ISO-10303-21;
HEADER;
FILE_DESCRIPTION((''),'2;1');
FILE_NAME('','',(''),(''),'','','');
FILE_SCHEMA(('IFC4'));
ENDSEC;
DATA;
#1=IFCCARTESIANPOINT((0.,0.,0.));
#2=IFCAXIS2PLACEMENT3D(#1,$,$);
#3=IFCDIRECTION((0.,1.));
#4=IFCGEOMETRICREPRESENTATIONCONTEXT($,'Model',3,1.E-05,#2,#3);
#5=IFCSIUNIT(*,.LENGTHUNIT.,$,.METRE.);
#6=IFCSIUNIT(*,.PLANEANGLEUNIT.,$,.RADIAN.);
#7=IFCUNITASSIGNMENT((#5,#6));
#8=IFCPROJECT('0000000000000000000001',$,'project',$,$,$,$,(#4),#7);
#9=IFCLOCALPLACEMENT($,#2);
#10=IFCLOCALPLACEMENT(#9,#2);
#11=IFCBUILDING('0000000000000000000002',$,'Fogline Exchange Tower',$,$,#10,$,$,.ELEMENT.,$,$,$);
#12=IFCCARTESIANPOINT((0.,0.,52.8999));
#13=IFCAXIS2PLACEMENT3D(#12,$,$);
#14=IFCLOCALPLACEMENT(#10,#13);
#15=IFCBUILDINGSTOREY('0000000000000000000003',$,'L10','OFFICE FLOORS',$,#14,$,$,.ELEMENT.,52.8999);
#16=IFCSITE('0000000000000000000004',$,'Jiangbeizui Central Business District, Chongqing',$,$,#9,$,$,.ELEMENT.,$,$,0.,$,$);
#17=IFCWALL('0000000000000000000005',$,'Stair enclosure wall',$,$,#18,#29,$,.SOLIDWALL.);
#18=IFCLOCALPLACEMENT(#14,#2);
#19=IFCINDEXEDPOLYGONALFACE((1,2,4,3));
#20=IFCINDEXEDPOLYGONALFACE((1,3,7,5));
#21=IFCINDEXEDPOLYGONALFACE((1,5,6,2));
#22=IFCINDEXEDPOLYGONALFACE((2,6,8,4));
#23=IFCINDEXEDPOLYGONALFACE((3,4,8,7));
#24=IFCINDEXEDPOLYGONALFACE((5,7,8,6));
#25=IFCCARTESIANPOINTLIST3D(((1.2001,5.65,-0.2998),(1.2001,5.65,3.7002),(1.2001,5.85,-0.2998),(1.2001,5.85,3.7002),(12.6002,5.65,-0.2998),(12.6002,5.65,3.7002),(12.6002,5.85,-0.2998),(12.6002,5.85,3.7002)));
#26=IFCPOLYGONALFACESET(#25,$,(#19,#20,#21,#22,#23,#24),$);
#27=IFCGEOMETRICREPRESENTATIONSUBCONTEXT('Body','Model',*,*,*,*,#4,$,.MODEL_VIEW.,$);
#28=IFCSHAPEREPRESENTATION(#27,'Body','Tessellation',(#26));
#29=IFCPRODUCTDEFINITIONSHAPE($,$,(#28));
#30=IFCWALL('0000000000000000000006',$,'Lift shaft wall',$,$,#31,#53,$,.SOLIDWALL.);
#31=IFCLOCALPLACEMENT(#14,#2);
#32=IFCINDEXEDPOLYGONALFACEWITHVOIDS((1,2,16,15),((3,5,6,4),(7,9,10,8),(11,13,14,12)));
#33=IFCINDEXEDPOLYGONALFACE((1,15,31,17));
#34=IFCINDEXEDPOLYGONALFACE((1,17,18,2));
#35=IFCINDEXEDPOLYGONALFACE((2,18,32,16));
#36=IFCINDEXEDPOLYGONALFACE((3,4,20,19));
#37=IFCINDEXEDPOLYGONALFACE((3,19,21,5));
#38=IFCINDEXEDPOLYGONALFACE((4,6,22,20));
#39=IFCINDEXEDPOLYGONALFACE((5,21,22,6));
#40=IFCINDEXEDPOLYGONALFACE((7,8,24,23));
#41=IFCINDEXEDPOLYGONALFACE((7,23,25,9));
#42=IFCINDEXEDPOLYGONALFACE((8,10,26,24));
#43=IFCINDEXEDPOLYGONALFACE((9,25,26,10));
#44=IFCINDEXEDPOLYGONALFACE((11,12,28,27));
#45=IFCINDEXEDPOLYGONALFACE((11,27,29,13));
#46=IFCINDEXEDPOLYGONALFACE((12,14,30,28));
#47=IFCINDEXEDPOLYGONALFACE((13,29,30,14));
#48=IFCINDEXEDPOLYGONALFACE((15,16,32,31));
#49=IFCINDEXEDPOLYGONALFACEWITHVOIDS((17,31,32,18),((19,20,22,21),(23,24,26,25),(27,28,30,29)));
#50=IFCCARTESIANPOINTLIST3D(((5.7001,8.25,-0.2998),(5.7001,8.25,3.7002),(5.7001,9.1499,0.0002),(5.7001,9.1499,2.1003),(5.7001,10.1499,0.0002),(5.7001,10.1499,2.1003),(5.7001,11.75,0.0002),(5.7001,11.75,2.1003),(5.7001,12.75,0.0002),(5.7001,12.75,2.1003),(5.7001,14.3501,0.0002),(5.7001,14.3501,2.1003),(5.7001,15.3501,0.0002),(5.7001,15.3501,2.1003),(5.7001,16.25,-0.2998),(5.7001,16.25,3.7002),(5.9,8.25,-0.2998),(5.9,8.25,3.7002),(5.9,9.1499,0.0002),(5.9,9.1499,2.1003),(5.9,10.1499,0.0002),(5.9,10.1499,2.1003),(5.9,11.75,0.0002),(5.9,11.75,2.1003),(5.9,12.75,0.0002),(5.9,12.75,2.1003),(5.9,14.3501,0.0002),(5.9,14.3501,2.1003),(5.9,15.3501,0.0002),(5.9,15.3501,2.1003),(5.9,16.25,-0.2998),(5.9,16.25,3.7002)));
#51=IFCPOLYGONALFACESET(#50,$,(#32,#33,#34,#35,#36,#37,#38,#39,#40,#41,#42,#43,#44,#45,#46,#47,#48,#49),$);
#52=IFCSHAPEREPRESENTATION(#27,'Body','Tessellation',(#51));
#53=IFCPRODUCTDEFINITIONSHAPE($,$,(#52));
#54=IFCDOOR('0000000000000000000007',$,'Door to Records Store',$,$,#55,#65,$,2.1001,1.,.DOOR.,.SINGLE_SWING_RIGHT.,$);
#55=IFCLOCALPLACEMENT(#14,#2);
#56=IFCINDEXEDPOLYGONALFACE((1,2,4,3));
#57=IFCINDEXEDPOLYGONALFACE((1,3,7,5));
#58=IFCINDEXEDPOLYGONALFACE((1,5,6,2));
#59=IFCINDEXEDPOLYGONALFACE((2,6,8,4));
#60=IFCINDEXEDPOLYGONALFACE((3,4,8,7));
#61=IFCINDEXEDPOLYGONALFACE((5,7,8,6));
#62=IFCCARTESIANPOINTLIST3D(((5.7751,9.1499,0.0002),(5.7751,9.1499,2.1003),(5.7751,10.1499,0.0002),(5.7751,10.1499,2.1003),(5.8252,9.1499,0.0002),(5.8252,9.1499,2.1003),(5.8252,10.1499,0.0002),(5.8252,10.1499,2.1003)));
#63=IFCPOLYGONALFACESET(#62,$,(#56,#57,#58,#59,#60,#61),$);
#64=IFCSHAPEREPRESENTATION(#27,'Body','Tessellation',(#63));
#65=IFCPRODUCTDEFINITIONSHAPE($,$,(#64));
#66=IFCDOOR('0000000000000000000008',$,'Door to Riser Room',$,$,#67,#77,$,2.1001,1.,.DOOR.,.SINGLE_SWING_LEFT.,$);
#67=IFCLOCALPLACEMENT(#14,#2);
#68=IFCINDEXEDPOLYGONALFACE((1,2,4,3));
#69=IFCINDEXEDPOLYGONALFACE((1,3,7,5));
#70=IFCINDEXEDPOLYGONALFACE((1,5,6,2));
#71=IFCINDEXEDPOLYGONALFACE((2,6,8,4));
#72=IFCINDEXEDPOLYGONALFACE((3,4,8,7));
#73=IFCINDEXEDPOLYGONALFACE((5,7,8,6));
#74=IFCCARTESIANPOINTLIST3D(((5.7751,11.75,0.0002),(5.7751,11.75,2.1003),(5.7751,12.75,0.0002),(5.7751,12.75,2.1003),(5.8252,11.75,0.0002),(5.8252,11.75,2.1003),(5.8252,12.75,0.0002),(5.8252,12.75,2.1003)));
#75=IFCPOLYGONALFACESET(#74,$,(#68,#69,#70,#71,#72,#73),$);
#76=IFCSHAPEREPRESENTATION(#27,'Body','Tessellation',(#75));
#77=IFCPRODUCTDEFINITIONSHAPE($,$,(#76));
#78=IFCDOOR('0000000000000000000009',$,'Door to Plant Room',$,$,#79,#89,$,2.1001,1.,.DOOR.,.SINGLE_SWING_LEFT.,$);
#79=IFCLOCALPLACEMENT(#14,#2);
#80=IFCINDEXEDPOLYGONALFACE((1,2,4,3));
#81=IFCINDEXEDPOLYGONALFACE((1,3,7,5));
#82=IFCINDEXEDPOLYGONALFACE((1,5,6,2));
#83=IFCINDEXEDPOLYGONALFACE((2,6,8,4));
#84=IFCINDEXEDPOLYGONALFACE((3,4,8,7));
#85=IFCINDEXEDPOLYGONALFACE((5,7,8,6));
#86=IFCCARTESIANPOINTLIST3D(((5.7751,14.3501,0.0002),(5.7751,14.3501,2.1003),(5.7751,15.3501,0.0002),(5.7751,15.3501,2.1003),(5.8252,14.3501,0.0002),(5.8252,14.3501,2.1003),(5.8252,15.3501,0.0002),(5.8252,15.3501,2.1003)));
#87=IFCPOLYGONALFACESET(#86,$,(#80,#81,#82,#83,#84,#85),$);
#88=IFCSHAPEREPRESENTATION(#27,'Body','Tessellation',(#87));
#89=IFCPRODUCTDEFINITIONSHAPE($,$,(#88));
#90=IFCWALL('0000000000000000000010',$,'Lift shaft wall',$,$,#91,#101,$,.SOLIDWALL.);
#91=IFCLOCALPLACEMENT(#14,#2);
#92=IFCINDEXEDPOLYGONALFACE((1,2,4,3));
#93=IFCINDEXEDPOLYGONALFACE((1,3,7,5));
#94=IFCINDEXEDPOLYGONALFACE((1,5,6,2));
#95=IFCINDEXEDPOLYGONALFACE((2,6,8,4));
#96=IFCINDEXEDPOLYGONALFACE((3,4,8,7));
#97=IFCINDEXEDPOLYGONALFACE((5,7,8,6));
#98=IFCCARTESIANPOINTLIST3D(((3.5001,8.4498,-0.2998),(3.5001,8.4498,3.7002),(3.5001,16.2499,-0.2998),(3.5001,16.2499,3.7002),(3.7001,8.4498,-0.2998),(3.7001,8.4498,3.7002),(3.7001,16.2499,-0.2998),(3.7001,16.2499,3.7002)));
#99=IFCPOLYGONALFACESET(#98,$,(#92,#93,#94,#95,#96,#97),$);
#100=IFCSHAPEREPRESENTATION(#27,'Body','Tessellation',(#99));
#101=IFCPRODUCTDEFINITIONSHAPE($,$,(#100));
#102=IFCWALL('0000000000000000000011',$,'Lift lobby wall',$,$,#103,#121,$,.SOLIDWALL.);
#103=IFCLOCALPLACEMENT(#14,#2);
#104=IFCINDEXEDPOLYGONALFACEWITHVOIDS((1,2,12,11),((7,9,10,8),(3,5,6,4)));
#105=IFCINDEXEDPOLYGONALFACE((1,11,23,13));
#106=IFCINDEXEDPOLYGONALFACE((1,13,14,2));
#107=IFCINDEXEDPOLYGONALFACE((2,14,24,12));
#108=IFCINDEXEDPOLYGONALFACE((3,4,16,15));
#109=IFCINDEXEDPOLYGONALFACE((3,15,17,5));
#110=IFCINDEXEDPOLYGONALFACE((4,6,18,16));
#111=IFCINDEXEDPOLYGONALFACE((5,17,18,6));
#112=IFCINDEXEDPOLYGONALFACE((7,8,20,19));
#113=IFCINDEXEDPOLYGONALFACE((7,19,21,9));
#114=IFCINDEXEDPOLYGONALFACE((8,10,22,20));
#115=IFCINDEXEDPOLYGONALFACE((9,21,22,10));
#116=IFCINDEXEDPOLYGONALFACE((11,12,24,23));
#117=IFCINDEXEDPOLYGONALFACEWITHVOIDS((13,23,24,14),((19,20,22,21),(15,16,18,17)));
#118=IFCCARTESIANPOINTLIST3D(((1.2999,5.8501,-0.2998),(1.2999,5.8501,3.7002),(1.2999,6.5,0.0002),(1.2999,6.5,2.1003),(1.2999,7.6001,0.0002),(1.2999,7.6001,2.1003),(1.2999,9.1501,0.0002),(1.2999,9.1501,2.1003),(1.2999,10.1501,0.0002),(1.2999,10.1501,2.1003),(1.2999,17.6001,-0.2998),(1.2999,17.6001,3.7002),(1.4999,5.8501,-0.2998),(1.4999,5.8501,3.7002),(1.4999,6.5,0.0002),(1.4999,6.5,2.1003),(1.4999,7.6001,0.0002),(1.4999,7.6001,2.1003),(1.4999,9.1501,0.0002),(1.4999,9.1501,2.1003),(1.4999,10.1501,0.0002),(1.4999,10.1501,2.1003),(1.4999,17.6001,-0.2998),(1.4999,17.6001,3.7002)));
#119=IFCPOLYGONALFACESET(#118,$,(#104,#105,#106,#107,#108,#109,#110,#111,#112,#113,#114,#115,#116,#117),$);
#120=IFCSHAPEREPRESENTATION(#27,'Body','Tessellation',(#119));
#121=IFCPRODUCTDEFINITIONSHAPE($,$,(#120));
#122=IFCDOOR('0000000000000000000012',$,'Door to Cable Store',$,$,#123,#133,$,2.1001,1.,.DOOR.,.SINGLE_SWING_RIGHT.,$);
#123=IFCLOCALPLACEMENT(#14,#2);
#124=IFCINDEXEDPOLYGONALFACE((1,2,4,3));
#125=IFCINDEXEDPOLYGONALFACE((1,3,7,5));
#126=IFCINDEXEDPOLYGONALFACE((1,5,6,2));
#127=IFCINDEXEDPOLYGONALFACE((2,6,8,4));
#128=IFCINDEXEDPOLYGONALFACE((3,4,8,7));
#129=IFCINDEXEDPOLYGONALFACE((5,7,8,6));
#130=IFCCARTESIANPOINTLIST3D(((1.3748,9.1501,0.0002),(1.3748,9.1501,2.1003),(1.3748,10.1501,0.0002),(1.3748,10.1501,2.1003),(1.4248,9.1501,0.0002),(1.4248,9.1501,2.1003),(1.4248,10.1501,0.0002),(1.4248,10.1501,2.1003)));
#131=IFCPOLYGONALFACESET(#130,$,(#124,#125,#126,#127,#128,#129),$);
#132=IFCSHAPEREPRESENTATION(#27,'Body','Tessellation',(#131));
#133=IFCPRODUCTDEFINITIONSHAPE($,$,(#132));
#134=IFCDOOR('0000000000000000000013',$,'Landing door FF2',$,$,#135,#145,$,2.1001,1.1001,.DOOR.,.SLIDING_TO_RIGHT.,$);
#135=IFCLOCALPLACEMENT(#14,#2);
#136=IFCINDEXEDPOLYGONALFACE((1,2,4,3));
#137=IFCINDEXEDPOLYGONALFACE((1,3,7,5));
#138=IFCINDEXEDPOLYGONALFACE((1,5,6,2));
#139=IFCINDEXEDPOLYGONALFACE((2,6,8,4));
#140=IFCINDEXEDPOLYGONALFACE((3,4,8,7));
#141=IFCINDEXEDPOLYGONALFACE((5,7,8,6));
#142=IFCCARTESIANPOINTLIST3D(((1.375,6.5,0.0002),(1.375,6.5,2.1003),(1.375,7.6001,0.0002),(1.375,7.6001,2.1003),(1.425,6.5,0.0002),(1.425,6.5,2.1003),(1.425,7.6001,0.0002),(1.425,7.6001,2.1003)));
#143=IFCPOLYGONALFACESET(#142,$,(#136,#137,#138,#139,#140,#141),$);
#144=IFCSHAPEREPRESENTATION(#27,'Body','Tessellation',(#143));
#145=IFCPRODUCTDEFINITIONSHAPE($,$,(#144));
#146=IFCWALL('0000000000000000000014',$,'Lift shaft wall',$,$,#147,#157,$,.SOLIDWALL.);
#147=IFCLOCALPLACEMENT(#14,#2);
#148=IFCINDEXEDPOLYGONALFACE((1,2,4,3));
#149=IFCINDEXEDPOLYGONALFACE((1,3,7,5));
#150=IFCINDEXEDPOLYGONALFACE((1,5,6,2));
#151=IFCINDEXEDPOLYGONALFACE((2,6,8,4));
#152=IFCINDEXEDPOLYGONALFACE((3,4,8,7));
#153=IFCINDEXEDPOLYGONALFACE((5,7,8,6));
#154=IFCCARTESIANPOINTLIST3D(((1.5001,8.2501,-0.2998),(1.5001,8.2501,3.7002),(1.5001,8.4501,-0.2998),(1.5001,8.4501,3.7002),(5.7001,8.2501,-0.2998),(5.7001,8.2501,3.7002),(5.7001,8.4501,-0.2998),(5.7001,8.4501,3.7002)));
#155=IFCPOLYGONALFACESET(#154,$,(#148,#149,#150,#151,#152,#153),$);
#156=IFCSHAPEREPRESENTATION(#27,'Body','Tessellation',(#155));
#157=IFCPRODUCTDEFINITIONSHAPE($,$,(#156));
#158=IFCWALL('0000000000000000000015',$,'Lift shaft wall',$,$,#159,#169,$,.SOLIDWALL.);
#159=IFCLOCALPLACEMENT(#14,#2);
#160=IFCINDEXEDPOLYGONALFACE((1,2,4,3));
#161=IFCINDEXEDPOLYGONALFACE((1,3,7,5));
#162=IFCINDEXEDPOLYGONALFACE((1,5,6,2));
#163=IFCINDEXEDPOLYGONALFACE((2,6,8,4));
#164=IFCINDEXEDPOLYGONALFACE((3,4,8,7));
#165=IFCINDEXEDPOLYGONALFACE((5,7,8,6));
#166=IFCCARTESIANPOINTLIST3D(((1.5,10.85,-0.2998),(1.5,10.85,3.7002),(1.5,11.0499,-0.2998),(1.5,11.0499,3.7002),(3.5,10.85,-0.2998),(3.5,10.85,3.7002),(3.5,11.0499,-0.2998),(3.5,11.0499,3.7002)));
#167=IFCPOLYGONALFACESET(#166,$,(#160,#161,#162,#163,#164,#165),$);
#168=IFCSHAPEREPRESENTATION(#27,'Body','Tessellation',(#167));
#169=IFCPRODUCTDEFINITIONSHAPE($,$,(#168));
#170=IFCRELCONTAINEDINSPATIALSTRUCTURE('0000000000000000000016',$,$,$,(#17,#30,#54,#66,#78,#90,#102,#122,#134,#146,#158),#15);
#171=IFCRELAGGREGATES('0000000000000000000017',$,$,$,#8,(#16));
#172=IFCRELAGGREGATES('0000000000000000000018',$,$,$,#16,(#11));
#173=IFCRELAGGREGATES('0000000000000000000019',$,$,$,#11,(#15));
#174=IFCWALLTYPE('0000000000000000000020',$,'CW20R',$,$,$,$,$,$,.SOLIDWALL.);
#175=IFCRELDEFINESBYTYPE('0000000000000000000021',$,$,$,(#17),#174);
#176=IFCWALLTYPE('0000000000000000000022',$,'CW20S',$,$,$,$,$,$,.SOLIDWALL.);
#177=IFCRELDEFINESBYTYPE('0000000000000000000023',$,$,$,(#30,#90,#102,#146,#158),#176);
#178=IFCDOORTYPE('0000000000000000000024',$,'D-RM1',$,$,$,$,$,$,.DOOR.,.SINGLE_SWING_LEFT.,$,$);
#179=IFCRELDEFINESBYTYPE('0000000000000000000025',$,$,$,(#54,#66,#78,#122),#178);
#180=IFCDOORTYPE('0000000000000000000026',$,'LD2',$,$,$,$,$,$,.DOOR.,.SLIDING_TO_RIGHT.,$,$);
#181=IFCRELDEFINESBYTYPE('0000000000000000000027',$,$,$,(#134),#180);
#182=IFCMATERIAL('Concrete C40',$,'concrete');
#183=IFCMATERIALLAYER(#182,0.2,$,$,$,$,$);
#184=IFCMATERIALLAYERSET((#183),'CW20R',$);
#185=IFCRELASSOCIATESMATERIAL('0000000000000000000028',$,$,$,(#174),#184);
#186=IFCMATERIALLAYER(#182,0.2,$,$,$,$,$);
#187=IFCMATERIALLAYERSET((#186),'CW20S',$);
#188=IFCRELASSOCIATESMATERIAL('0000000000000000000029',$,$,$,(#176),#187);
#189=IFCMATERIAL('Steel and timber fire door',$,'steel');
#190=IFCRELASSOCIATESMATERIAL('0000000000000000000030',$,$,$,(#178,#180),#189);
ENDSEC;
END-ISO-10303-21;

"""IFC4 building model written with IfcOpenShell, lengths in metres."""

from ifc_helpers import new_model, si_unit, direction, frame, frame_2d, origin, place, context, subcontext, project, spatial, rectangle, extrude, material, layer, layer_set, type_object, element, fill, save


model = new_model("IFC4")

# Units and contexts
model_context = context("Model", 3, precision=1e-05, world=origin(), true_north=direction((0.0, 1.0)))
body_context = subcontext(model_context, "Body", "Model", "MODEL_VIEW")
ifc_project = project(units=[si_unit("LENGTHUNIT", "METRE"), si_unit("PLANEANGLEUNIT", "RADIAN")], contexts=[model_context])

# Site, building, storey
site_placement = place(None, origin())
site = spatial("IfcSite", under=ifc_project, at=site_placement, Name="Jiangbeizui Central Business District, Chongqing", CompositionType="ELEMENT", RefElevation=0.0)
building_placement = place(site_placement, origin())
building = spatial("IfcBuilding", under=site, at=building_placement, Name="Fogline Exchange Tower", CompositionType="ELEMENT")
storey_placement = place(building_placement, frame((0.0, 0.0, 52.8999)))
storey = spatial("IfcBuildingStorey", under=building, at=storey_placement, Name="L10", Description="OFFICE FLOORS", CompositionType="ELEMENT", Elevation=52.8999)

# Shared definitions
ifc_material_1 = material(Name="Concrete C40", Category="concrete")

# Shared definitions
ifc_material_2 = material(Name="Steel and timber fire door", Category="steel")

# Wall
ifc_layer_1 = layer(ifc_material_1, 0.2)
ifc_layer_set_1 = layer_set([ifc_layer_1], Name="CW20R")
wall_type_1 = type_object("IfcWallType", Name="CW20R", PredefinedType="SOLIDWALL", material=ifc_layer_set_1)
wall_1_placement = place(storey_placement, frame((1.2, 5.75, -0.2998), z_axis=(0.0, 0.0, 1.0), x_axis=(1.0, 0.0, 0.0)))
element("IfcWall", 1, at=wall_1_placement, inside=storey, type_object=wall_type_1, Name="Stair enclosure wall", PredefinedType="SOLIDWALL", context=body_context, shape_type="SweptSolid", body=[
    extrude(rectangle(XDim=11.4001, YDim=0.2, at=frame_2d((5.7002, 0.0))), origin(), (0.0, 0.0, 1.0), 4.0),
])

# Wall, openings, doors
ifc_layer_2 = layer(ifc_material_1, 0.2)
ifc_layer_set_2 = layer_set([ifc_layer_2], Name="CW20S")
wall_type_2 = type_object("IfcWallType", Name="CW20S", PredefinedType="SOLIDWALL", material=ifc_layer_set_2)
wall_2_placement = place(storey_placement, frame((5.8, 8.25, -0.2998), z_axis=(0.0, 0.0, 1.0), x_axis=(0.0, 1.0, 0.0)))
wall_2 = element("IfcWall", 2, at=wall_2_placement, inside=storey, type_object=wall_type_2, Name="Lift shaft wall", PredefinedType="SOLIDWALL", context=body_context, shape_type="SweptSolid", body=[
    extrude(rectangle(XDim=8.0, YDim=0.2, at=frame_2d((4.0, 0.0))), origin(), (0.0, 0.0, 1.0), 4.0),
])
opening_1_placement = place(wall_2_placement, frame((0.8999, 0.0, 0.3)))
opening_1 = element("IfcOpeningElement", 3, at=opening_1_placement, cuts=wall_2, PredefinedType="OPENING", context=body_context, shape_type="SweptSolid", body=[
    extrude(rectangle(XDim=1.0, YDim=2.1001, at=frame_2d((0.5, 1.05))), frame((0.0, 0.1099, 0.0), z_axis=(0.0, -1.0, 0.0), x_axis=(1.0, 0.0, 0.0)), (0.0, 0.0, 1.0), 0.22),
])
opening_2_placement = place(wall_2_placement, frame((3.5, 0.0, 0.3)))
opening_2 = element("IfcOpeningElement", 4, at=opening_2_placement, cuts=wall_2, PredefinedType="OPENING", context=body_context, shape_type="SweptSolid", body=[
    extrude(rectangle(XDim=1.0, YDim=2.1001, at=frame_2d((0.5, 1.05))), frame((0.0, 0.1099, 0.0), z_axis=(0.0, -1.0, 0.0), x_axis=(1.0, 0.0, 0.0)), (0.0, 0.0, 1.0), 0.22),
])
opening_3_placement = place(wall_2_placement, frame((6.1001, 0.0, 0.3)))
opening_3 = element("IfcOpeningElement", 5, at=opening_3_placement, cuts=wall_2, PredefinedType="OPENING", context=body_context, shape_type="SweptSolid", body=[
    extrude(rectangle(XDim=1.0, YDim=2.1001, at=frame_2d((0.5, 1.05))), frame((0.0, 0.1099, 0.0), z_axis=(0.0, -1.0, 0.0), x_axis=(1.0, 0.0, 0.0)), (0.0, 0.0, 1.0), 0.22),
])
door_type_1 = type_object("IfcDoorType", Name="D-RM1", OperationType="SINGLE_SWING_LEFT", PredefinedType="DOOR", material=ifc_material_2)
door_1_placement = place(opening_1_placement, origin())
door_1 = element("IfcDoor", 6, at=door_1_placement, inside=storey, type_object=door_type_1, Name="Door to Records Store", OperationType="SINGLE_SWING_RIGHT", OverallHeight=2.1001, OverallWidth=1.0, PredefinedType="DOOR", context=body_context, shape_type="SweptSolid", body=[
    extrude(rectangle(XDim=1.0, YDim=2.1001, at=frame_2d((0.5, 1.05))), frame((0.0, 0.0249, 0.0), z_axis=(0.0, -1.0, 0.0), x_axis=(1.0, 0.0, 0.0)), (0.0, 0.0, 1.0), 0.05),
])
fill(opening_1, door_1)
door_2_placement = place(opening_2_placement, origin())
door_2 = element("IfcDoor", 7, at=door_2_placement, inside=storey, type_object=door_type_1, Name="Door to Riser Room", OperationType="SINGLE_SWING_LEFT", OverallHeight=2.1001, OverallWidth=1.0, PredefinedType="DOOR", context=body_context, shape_type="SweptSolid", body=[
    extrude(rectangle(XDim=1.0, YDim=2.1001, at=frame_2d((0.5, 1.05))), frame((0.0, 0.0249, 0.0), z_axis=(0.0, -1.0, 0.0), x_axis=(1.0, 0.0, 0.0)), (0.0, 0.0, 1.0), 0.05),
])
fill(opening_2, door_2)
door_3_placement = place(opening_3_placement, origin())
door_3 = element("IfcDoor", 8, at=door_3_placement, inside=storey, type_object=door_type_1, Name="Door to Plant Room", OperationType="SINGLE_SWING_LEFT", OverallHeight=2.1001, OverallWidth=1.0, PredefinedType="DOOR", context=body_context, shape_type="SweptSolid", body=[
    extrude(rectangle(XDim=1.0, YDim=2.1001, at=frame_2d((0.5, 1.05))), frame((0.0, 0.0249, 0.0), z_axis=(0.0, -1.0, 0.0), x_axis=(1.0, 0.0, 0.0)), (0.0, 0.0, 1.0), 0.05),
])
fill(opening_3, door_3)

# Wall
wall_3_placement = place(storey_placement, frame((3.6001, 8.45, -0.2998), z_axis=(0.0, 0.0, 1.0), x_axis=(0.0, 1.0, 0.0)))
element("IfcWall", 9, at=wall_3_placement, inside=storey, type_object=wall_type_2, Name="Lift shaft wall", PredefinedType="SOLIDWALL", context=body_context, shape_type="SweptSolid", body=[
    extrude(rectangle(XDim=7.8, YDim=0.2, at=frame_2d((3.8999, 0.0))), origin(), (0.0, 0.0, 1.0), 4.0),
])

# Wall, openings, doors
wall_4_placement = place(storey_placement, frame((1.3999, 5.8501, -0.2998), z_axis=(0.0, 0.0, 1.0), x_axis=(0.0, 1.0, 0.0)))
wall_4 = element("IfcWall", 10, at=wall_4_placement, inside=storey, type_object=wall_type_2, Name="Lift lobby wall", PredefinedType="SOLIDWALL", context=body_context, shape_type="SweptSolid", body=[
    extrude(rectangle(XDim=11.75, YDim=0.2, at=frame_2d((5.875, 0.0))), origin(), (0.0, 0.0, 1.0), 4.0),
])
opening_4_placement = place(wall_4_placement, frame((0.6499, 0.0, 0.3)))
opening_4 = element("IfcOpeningElement", 11, at=opening_4_placement, cuts=wall_4, PredefinedType="OPENING", context=body_context, shape_type="SweptSolid", body=[
    extrude(rectangle(XDim=1.1001, YDim=2.1001, at=frame_2d((0.55, 1.05))), frame((0.0, 0.1099, 0.0), z_axis=(0.0, -1.0, 0.0), x_axis=(1.0, 0.0, 0.0)), (0.0, 0.0, 1.0), 0.22),
])
opening_5_placement = place(wall_4_placement, frame((3.3, 0.0, 0.3)))
opening_5 = element("IfcOpeningElement", 12, at=opening_5_placement, cuts=wall_4, PredefinedType="OPENING", context=body_context, shape_type="SweptSolid", body=[
    extrude(rectangle(XDim=1.0, YDim=2.1001, at=frame_2d((0.5, 1.05))), frame((0.0, 0.1099, 0.0), z_axis=(0.0, -1.0, 0.0), x_axis=(1.0, 0.0, 0.0)), (0.0, 0.0, 1.0), 0.22),
])
door_4_placement = place(opening_5_placement, frame((1.0, 0.0, 0.0), z_axis=(0.0, 0.0, 1.0), x_axis=(-1.0, 0.0, 0.0)))
door_4 = element("IfcDoor", 13, at=door_4_placement, inside=storey, type_object=door_type_1, Name="Door to Cable Store", OperationType="SINGLE_SWING_RIGHT", OverallHeight=2.1001, OverallWidth=1.0, PredefinedType="DOOR", context=body_context, shape_type="SweptSolid", body=[
    extrude(rectangle(XDim=1.0, YDim=2.1001, at=frame_2d((0.5, 1.05))), frame((0.0, 0.0249, 0.0), z_axis=(0.0, -1.0, 0.0), x_axis=(1.0, 0.0, 0.0)), (0.0, 0.0, 1.0), 0.05),
])
fill(opening_5, door_4)
door_type_2 = type_object("IfcDoorType", Name="LD2", OperationType="SLIDING_TO_RIGHT", PredefinedType="DOOR", material=ifc_material_2)
door_5_placement = place(opening_4_placement, origin())
door_5 = element("IfcDoor", 14, at=door_5_placement, inside=storey, type_object=door_type_2, Name="Landing door FF2", OperationType="SLIDING_TO_RIGHT", OverallHeight=2.1001, OverallWidth=1.1001, PredefinedType="DOOR", context=body_context, shape_type="SweptSolid", body=[
    extrude(rectangle(XDim=1.1001, YDim=2.1001, at=frame_2d((0.55, 1.05))), frame((0.0, 0.0249, 0.0), z_axis=(0.0, -1.0, 0.0), x_axis=(1.0, 0.0, 0.0)), (0.0, 0.0, 1.0), 0.05),
])
fill(opening_4, door_5)

# Walls
wall_5_placement = place(storey_placement, frame((1.5, 8.3501, -0.2998), z_axis=(0.0, 0.0, 1.0), x_axis=(1.0, 0.0, 0.0)))
element("IfcWall", 15, at=wall_5_placement, inside=storey, type_object=wall_type_2, Name="Lift shaft wall", PredefinedType="SOLIDWALL", context=body_context, shape_type="SweptSolid", body=[
    extrude(rectangle(XDim=4.2, YDim=0.2, at=frame_2d((2.1001, 0.0))), origin(), (0.0, 0.0, 1.0), 4.0),
])
wall_6_placement = place(storey_placement, frame((1.5, 10.95, -0.2998), z_axis=(0.0, 0.0, 1.0), x_axis=(1.0, 0.0, 0.0)))
element("IfcWall", 16, at=wall_6_placement, inside=storey, type_object=wall_type_2, Name="Lift shaft wall", PredefinedType="SOLIDWALL", context=body_context, shape_type="SweptSolid", body=[
    extrude(rectangle(XDim=2.0, YDim=0.2, at=frame_2d((1.0, 0.0))), origin(), (0.0, 0.0, 1.0), 4.0),
])

save(model, "model.ifc")
